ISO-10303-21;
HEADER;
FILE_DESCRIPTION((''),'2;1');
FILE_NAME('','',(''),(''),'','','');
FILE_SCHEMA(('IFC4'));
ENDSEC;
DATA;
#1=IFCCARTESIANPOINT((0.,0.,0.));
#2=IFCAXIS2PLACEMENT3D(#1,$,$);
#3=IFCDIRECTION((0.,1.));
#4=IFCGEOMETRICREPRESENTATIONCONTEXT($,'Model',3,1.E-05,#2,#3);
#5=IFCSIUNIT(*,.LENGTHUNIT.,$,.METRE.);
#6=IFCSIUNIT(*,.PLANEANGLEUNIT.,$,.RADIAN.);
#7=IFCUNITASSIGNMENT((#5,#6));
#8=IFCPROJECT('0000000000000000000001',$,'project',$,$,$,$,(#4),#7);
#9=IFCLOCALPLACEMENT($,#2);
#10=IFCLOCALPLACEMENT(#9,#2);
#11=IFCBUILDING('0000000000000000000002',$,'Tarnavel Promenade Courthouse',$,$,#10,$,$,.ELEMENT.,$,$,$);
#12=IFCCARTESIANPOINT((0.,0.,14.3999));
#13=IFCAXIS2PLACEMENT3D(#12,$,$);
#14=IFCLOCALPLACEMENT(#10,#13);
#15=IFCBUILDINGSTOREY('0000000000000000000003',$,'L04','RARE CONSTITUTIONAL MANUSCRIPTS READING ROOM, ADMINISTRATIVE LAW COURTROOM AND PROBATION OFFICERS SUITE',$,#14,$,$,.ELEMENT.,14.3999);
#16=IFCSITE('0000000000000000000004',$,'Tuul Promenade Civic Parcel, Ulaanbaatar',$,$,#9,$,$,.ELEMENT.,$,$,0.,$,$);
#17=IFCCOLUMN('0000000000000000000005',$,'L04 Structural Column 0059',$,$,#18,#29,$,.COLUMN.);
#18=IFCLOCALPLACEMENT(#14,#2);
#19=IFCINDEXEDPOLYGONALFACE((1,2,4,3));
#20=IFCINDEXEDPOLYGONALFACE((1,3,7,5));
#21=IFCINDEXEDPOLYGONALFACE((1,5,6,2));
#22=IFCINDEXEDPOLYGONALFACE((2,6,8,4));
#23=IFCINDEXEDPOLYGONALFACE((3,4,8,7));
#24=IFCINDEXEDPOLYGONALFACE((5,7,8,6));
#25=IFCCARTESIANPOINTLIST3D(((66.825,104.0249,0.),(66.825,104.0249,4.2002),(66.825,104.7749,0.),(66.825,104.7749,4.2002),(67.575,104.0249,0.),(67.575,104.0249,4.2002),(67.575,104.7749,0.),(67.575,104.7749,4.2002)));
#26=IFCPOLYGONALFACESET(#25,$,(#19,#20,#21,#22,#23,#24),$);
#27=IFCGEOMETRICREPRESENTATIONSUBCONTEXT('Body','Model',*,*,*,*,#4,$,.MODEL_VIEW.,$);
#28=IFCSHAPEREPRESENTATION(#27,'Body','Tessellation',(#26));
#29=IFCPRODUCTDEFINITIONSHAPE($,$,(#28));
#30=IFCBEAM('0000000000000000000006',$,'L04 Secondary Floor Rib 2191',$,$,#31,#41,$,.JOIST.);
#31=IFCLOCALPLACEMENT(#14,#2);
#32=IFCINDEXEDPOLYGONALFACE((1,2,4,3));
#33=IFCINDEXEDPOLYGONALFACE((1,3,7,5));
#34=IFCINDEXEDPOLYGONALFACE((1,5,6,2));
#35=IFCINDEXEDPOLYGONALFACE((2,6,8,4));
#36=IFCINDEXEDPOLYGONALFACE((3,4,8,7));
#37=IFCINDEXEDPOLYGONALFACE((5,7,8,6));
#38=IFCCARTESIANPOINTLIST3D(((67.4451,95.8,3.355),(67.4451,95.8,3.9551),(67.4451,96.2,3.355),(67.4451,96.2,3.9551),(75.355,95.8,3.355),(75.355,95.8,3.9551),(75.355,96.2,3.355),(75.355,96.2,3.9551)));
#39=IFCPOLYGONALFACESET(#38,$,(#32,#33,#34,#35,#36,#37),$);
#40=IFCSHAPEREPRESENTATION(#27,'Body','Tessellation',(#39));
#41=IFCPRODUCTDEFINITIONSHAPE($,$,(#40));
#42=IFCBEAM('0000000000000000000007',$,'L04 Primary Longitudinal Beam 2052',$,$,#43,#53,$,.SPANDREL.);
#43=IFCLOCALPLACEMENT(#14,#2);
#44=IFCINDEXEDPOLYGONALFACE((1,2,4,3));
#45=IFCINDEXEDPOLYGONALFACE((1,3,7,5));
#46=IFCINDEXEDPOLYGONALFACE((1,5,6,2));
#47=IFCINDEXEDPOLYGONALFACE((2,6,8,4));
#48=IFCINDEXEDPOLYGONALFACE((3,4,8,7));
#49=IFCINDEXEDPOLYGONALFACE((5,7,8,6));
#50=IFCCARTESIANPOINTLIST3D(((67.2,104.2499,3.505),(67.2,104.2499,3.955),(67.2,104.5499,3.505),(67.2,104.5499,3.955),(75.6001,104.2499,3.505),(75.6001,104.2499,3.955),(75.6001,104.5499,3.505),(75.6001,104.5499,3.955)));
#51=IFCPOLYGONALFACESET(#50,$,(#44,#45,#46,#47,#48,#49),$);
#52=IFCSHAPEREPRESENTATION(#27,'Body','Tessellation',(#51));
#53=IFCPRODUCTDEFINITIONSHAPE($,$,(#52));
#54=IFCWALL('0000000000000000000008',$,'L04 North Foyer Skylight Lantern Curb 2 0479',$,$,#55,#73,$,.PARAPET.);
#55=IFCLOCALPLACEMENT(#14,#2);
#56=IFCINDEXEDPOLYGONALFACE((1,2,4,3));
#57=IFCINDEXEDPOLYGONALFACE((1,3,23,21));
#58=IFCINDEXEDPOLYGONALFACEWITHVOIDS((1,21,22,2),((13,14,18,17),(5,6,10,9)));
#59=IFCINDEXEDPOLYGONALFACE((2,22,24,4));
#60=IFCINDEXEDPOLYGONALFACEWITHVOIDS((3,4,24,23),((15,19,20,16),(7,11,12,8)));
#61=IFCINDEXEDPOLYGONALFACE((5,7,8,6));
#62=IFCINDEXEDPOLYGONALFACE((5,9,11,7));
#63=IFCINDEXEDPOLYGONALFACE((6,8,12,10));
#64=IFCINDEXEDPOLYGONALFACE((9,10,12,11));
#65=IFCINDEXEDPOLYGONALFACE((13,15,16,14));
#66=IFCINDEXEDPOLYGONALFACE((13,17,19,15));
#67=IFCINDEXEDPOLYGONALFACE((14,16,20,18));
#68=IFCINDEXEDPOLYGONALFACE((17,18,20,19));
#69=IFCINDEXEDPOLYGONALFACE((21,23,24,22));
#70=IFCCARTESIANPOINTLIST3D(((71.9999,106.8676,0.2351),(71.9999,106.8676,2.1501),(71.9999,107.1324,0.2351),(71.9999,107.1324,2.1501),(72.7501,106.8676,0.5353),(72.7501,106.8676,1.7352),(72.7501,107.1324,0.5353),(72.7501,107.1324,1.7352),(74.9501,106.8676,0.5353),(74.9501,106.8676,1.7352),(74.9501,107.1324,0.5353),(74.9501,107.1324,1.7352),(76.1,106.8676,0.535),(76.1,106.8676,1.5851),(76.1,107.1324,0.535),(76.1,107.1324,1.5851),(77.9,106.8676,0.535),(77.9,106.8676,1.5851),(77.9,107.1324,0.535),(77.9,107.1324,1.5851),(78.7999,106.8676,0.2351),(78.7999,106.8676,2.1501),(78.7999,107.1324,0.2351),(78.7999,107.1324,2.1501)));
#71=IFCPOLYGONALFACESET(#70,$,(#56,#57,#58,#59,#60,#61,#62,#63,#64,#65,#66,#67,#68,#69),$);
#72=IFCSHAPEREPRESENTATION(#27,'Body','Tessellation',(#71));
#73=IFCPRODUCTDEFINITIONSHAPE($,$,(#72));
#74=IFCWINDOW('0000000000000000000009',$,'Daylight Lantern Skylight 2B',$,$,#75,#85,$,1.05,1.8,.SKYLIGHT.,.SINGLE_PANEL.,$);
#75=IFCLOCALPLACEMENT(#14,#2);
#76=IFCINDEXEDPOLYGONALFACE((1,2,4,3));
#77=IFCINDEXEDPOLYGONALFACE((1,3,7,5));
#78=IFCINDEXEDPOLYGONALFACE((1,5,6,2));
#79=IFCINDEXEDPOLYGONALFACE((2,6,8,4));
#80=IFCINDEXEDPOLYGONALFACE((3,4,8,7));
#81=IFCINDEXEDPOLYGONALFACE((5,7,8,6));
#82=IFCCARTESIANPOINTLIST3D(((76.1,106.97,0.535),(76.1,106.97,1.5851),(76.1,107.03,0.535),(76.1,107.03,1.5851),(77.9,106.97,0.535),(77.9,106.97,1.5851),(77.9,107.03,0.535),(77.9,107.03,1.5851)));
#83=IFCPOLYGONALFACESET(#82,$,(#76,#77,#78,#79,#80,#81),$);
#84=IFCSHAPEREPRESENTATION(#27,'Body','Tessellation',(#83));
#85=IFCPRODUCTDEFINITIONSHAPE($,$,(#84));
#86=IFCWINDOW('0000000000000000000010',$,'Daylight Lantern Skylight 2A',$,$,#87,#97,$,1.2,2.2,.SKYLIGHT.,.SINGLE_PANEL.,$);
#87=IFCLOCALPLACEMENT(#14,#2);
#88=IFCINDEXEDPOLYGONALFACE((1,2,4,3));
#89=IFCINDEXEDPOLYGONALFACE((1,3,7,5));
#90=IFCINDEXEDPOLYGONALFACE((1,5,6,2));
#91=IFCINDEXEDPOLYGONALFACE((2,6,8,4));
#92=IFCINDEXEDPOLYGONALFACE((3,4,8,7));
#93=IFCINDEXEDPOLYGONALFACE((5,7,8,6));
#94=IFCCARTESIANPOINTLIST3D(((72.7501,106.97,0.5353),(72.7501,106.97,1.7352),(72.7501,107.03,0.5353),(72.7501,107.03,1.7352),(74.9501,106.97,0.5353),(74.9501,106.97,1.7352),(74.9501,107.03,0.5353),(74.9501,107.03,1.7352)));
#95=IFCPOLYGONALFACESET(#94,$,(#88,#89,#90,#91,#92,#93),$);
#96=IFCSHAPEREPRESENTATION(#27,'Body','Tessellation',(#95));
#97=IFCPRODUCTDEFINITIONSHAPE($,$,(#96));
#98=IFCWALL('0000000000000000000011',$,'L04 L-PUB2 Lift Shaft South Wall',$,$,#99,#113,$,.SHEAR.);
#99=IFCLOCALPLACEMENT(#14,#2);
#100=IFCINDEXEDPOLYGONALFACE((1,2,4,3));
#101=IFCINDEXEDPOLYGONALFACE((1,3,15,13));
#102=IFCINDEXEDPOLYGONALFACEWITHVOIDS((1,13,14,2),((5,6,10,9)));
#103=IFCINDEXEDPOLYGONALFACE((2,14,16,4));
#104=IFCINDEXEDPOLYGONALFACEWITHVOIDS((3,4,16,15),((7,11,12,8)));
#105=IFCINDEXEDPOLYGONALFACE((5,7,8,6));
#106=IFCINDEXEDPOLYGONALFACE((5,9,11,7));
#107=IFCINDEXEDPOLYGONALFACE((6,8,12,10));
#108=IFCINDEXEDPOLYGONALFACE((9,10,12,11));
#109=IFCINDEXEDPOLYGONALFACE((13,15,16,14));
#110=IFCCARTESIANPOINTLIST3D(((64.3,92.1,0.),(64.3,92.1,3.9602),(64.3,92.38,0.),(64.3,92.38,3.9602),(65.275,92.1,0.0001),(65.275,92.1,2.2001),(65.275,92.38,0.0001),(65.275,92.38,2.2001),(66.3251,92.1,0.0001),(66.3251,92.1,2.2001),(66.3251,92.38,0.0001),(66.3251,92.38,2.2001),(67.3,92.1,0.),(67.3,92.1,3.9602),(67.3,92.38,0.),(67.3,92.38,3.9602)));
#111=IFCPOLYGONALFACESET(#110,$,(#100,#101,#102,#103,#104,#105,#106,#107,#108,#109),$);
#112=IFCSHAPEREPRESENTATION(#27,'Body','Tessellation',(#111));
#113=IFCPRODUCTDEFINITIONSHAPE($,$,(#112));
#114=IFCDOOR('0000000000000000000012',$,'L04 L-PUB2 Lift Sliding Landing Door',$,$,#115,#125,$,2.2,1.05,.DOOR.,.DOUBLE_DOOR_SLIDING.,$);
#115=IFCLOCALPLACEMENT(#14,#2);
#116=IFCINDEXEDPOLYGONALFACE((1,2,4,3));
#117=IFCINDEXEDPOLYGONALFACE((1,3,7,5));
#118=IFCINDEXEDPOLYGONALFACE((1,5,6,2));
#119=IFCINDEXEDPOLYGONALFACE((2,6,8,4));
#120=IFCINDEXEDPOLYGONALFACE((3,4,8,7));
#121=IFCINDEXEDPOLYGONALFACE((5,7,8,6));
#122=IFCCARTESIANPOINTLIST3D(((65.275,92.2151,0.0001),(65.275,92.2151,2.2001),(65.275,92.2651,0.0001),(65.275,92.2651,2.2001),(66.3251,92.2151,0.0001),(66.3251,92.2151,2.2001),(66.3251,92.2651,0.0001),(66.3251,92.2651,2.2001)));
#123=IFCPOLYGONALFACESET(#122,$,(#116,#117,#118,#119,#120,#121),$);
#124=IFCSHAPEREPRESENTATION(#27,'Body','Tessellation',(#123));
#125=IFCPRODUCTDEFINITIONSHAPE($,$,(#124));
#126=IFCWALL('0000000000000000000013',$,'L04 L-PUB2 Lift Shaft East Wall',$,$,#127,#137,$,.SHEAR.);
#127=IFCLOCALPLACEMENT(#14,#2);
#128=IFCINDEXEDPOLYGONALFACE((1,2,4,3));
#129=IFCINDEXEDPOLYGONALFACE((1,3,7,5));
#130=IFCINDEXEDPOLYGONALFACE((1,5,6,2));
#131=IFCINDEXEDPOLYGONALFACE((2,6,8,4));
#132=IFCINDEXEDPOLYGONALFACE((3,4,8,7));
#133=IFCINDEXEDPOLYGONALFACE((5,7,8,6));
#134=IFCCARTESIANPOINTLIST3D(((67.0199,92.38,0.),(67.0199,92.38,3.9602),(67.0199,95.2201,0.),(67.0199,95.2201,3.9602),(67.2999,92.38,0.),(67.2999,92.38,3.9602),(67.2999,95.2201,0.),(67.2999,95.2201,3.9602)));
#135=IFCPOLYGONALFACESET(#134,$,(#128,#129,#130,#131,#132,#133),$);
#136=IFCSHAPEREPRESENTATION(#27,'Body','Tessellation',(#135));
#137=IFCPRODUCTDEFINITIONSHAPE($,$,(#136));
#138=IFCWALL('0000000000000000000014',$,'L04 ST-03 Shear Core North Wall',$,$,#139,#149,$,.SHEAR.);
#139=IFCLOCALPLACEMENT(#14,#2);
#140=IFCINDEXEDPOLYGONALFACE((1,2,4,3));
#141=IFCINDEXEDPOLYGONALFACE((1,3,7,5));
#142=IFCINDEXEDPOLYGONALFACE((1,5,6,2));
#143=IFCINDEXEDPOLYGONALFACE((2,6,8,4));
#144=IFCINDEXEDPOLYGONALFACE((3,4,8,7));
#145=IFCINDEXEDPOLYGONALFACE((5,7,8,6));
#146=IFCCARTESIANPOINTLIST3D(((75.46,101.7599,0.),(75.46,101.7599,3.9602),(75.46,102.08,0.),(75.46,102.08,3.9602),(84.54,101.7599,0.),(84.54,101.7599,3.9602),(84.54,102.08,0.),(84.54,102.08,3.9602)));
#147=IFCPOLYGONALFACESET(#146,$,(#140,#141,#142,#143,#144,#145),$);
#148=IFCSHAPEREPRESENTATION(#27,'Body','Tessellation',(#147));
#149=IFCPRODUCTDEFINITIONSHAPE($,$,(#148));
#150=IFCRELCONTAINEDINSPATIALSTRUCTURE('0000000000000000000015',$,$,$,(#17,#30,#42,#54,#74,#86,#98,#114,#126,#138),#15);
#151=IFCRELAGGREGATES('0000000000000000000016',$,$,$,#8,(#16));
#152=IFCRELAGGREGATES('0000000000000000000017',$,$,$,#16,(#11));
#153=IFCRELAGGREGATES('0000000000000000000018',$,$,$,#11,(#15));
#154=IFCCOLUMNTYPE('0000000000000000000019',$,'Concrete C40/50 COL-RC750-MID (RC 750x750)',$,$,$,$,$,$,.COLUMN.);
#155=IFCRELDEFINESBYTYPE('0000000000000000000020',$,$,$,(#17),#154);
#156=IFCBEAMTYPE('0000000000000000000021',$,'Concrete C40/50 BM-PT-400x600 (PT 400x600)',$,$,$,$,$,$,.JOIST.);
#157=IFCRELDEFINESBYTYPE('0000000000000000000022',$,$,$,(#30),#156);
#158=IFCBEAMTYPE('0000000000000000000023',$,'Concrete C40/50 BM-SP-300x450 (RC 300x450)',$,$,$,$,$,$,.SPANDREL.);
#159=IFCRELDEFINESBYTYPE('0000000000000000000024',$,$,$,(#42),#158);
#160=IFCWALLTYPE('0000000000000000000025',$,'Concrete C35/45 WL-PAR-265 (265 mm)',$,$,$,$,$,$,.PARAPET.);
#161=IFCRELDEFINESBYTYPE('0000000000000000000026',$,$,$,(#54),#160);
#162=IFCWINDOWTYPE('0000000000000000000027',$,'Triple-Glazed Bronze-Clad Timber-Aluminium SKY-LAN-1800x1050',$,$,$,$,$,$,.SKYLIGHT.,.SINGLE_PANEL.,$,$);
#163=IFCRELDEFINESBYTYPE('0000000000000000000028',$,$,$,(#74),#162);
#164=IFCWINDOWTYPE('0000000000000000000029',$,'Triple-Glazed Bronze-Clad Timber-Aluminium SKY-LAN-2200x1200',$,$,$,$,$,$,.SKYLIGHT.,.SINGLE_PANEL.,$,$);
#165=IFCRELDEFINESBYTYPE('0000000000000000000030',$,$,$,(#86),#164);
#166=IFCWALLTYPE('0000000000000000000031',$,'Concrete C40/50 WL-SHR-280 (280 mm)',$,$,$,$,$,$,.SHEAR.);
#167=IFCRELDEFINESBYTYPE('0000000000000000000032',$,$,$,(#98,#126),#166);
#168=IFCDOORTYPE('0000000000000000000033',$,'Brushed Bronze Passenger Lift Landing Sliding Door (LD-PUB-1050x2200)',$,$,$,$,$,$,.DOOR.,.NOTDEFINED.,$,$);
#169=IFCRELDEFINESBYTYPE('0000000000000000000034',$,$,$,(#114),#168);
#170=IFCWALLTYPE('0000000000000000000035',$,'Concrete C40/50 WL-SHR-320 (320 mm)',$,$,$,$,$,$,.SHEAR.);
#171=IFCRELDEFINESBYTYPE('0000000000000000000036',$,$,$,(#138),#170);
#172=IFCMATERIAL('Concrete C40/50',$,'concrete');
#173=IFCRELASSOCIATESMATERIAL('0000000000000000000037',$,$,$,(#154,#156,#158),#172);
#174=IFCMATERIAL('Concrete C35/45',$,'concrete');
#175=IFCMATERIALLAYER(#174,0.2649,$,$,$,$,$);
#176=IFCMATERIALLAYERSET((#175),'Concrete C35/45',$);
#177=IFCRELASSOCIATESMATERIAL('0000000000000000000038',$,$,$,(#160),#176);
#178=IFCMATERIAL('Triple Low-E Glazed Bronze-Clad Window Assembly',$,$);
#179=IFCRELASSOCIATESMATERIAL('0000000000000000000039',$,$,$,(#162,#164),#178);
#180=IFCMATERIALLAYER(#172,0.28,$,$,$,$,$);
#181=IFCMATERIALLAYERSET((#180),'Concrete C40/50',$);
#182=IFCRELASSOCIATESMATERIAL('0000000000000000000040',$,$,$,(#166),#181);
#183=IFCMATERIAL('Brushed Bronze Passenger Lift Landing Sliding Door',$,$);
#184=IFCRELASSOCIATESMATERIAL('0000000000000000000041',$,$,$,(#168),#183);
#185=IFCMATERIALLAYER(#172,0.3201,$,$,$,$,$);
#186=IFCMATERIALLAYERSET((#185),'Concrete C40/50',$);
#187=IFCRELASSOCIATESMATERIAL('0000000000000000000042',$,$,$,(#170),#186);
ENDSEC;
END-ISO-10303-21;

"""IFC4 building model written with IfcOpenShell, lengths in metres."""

from ifc_helpers import new_model, si_unit, direction, frame, frame_2d, origin, origin_2d, place, context, subcontext, project, spatial, rectangle, extrude, material, layer, layer_set, material_profile, profile_set, type_object, element, fill, save


model = new_model("IFC4")

# Units and contexts
model_context = context("Model", 3, precision=1e-05, world=origin(), true_north=direction((0.0, 1.0)))
body_context = subcontext(model_context, "Body", "Model", "MODEL_VIEW")
ifc_project = project(units=[si_unit("LENGTHUNIT", "METRE"), si_unit("PLANEANGLEUNIT", "RADIAN")], contexts=[model_context])

# Site, building, storey
site_placement = place(None, origin())
site = spatial("IfcSite", under=ifc_project, at=site_placement, Name="Tuul Promenade Civic Parcel, Ulaanbaatar", CompositionType="ELEMENT", RefElevation=0.0)
building_placement = place(site_placement, origin())
building = spatial("IfcBuilding", under=site, at=building_placement, Name="Tarnavel Promenade Courthouse", CompositionType="ELEMENT")
storey_placement = place(building_placement, frame((0.0, 0.0, 14.3999)))
storey = spatial("IfcBuildingStorey", under=building, at=storey_placement, Name="L04", Description="RARE CONSTITUTIONAL MANUSCRIPTS READING ROOM, ADMINISTRATIVE LAW COURTROOM AND PROBATION OFFICERS SUITE", CompositionType="ELEMENT", Elevation=14.3999)

# Column
ifc_material_1 = material(Name="Concrete C40/50", Category="concrete")
ifc_material_profile_1 = material_profile(ifc_material_1, rectangle(XDim=0.75, YDim=0.75, at=origin_2d()), Name="RC 750x750")
ifc_profile_set_1 = profile_set([ifc_material_profile_1], Name="Concrete C40/50")
column_type = type_object("IfcColumnType", Name="Concrete C40/50 COL-RC750-MID (RC 750x750)", PredefinedType="COLUMN", material=ifc_profile_set_1)
column_placement = place(storey_placement, frame((67.2, 104.3999, 0.0), z_axis=(0.0, 0.0, 1.0), x_axis=(1.0, 0.0, 0.0)))
element("IfcColumn", 1, at=column_placement, inside=storey, type_object=column_type, Name="L04 Structural Column 0059", PredefinedType="COLUMN", context=body_context, shape_type="SweptSolid", body=[
    extrude(rectangle(XDim=0.75, YDim=0.75, at=origin_2d()), origin(), (0.0, 0.0, 1.0), 4.2002),
])

# Beams
ifc_material_profile_2 = material_profile(ifc_material_1, rectangle(XDim=0.3999, YDim=0.6001, at=origin_2d()), Name="PT 400x600")
ifc_profile_set_2 = profile_set([ifc_material_profile_2], Name="Concrete C40/50")
beam_type_1 = type_object("IfcBeamType", Name="Concrete C40/50 BM-PT-400x600 (PT 400x600)", PredefinedType="JOIST", material=ifc_profile_set_2)
beam_1_placement = place(storey_placement, frame((67.4451, 96.0, 3.655), z_axis=(1.0, 0.0, 0.0), x_axis=(0.0, 1.0, 0.0)))
element("IfcBeam", 2, at=beam_1_placement, inside=storey, type_object=beam_type_1, Name="L04 Secondary Floor Rib 2191", PredefinedType="JOIST", context=body_context, shape_type="SweptSolid", body=[
    extrude(rectangle(XDim=0.3999, YDim=0.6001, at=origin_2d()), origin(), (0.0, 0.0, 1.0), 7.9099),
])
ifc_material_profile_3 = material_profile(ifc_material_1, rectangle(XDim=0.3, YDim=0.45, at=origin_2d()), Name="RC 300x450")
ifc_profile_set_3 = profile_set([ifc_material_profile_3], Name="Concrete C40/50")
beam_type_2 = type_object("IfcBeamType", Name="Concrete C40/50 BM-SP-300x450 (RC 300x450)", PredefinedType="SPANDREL", material=ifc_profile_set_3)
beam_2_placement = place(storey_placement, frame((67.2, 104.3999, 3.73), z_axis=(1.0, 0.0, 0.0), x_axis=(0.0, 1.0, 0.0)))
element("IfcBeam", 3, at=beam_2_placement, inside=storey, type_object=beam_type_2, Name="L04 Primary Longitudinal Beam 2052", PredefinedType="SPANDREL", context=body_context, shape_type="SweptSolid", body=[
    extrude(rectangle(XDim=0.3, YDim=0.45, at=origin_2d()), origin(), (0.0, 0.0, 1.0), 8.4001),
])

# Wall, openings, windows
ifc_material_2 = material(Name="Concrete C35/45", Category="concrete")
ifc_layer_1 = layer(ifc_material_2, 0.2649)
ifc_layer_set_1 = layer_set([ifc_layer_1], Name="Concrete C35/45")
wall_type_1 = type_object("IfcWallType", Name="Concrete C35/45 WL-PAR-265 (265 mm)", PredefinedType="PARAPET", material=ifc_layer_set_1)
wall_1_placement = place(storey_placement, frame((72.0, 107.0, 0.2351), z_axis=(0.0, 0.0, 1.0), x_axis=(1.0, 0.0, 0.0)))
wall_1 = element("IfcWall", 4, at=wall_1_placement, inside=storey, type_object=wall_type_1, Name="L04 North Foyer Skylight Lantern Curb 2 0479", PredefinedType="PARAPET", context=body_context, shape_type="SweptSolid", body=[
    extrude(rectangle(XDim=6.8, YDim=0.2649, at=frame_2d((3.3999, 0.0))), origin(), (0.0, 0.0, 1.0), 1.915),
])
opening_1_placement = place(wall_1_placement, frame((0.75, 0.0, 0.3)))
opening_1 = element("IfcOpeningElement", 5, at=opening_1_placement, cuts=wall_1, PredefinedType="OPENING", context=body_context, shape_type="SweptSolid", body=[
    extrude(rectangle(XDim=2.2, YDim=1.2, at=frame_2d((1.1001, 0.6001))), frame((0.0, 0.1423, 0.0), z_axis=(0.0, -1.0, 0.0), x_axis=(1.0, 0.0, 0.0)), (0.0, 0.0, 1.0), 0.2849),
])
opening_2_placement = place(wall_1_placement, frame((4.1001, 0.0, 0.3)))
opening_2 = element("IfcOpeningElement", 6, at=opening_2_placement, cuts=wall_1, PredefinedType="OPENING", context=body_context, shape_type="SweptSolid", body=[
    extrude(rectangle(XDim=1.8, YDim=1.05, at=frame_2d((0.8999, 0.5249))), frame((0.0, 0.1423, 0.0), z_axis=(0.0, -1.0, 0.0), x_axis=(1.0, 0.0, 0.0)), (0.0, 0.0, 1.0), 0.2849),
])
ifc_material_3 = material(Name="Triple Low-E Glazed Bronze-Clad Window Assembly")
window_type_1 = type_object("IfcWindowType", Name="Triple-Glazed Bronze-Clad Timber-Aluminium SKY-LAN-1800x1050", PartitioningType="SINGLE_PANEL", PredefinedType="SKYLIGHT", material=ifc_material_3)
window_1_placement = place(opening_2_placement, origin())
window_1 = element("IfcWindow", 7, at=window_1_placement, inside=storey, type_object=window_type_1, Name="Daylight Lantern Skylight 2B", OverallHeight=1.05, OverallWidth=1.8, PartitioningType="SINGLE_PANEL", PredefinedType="SKYLIGHT", context=body_context, shape_type="SweptSolid", body=[
    extrude(rectangle(XDim=1.8, YDim=1.05, at=frame_2d((0.8999, 0.5249))), frame((0.0, 0.03, 0.0), z_axis=(0.0, -1.0, 0.0), x_axis=(1.0, 0.0, 0.0)), (0.0, 0.0, 1.0), 0.0601),
])
fill(opening_2, window_1)
window_type_2 = type_object("IfcWindowType", Name="Triple-Glazed Bronze-Clad Timber-Aluminium SKY-LAN-2200x1200", PartitioningType="SINGLE_PANEL", PredefinedType="SKYLIGHT", material=ifc_material_3)
window_2_placement = place(opening_1_placement, origin())
window_2 = element("IfcWindow", 8, at=window_2_placement, inside=storey, type_object=window_type_2, Name="Daylight Lantern Skylight 2A", OverallHeight=1.2, OverallWidth=2.2, PartitioningType="SINGLE_PANEL", PredefinedType="SKYLIGHT", context=body_context, shape_type="SweptSolid", body=[
    extrude(rectangle(XDim=2.2, YDim=1.2, at=frame_2d((1.1001, 0.6001))), frame((0.0, 0.03, 0.0), z_axis=(0.0, -1.0, 0.0), x_axis=(1.0, 0.0, 0.0)), (0.0, 0.0, 1.0), 0.0601),
])
fill(opening_1, window_2)

# Wall, opening, door
ifc_layer_2 = layer(ifc_material_1, 0.28)
ifc_layer_set_2 = layer_set([ifc_layer_2], Name="Concrete C40/50")
wall_type_2 = type_object("IfcWallType", Name="Concrete C40/50 WL-SHR-280 (280 mm)", PredefinedType="SHEAR", material=ifc_layer_set_2)
wall_2_placement = place(storey_placement, frame((67.3, 92.24, 0.0), z_axis=(0.0, 0.0, 1.0), x_axis=(-1.0, 0.0, 0.0)))
wall_2 = element("IfcWall", 9, at=wall_2_placement, inside=storey, type_object=wall_type_2, Name="L04 L-PUB2 Lift Shaft South Wall", PredefinedType="SHEAR", context=body_context, shape_type="SweptSolid", body=[
    extrude(rectangle(XDim=3.0, YDim=0.28, at=frame_2d((1.5, 0.0))), origin(), (0.0, 0.0, 1.0), 3.9602),
])
opening_3_placement = place(wall_2_placement, frame((0.9751, 0.0, 0.0)))
opening_3 = element("IfcOpeningElement", 10, at=opening_3_placement, cuts=wall_2, PredefinedType="OPENING", context=body_context, shape_type="SweptSolid", body=[
    extrude(rectangle(XDim=1.05, YDim=2.2, at=frame_2d((0.5249, 1.1001))), frame((0.0, 0.1499, 0.0), z_axis=(0.0, -1.0, 0.0), x_axis=(1.0, 0.0, 0.0)), (0.0, 0.0, 1.0), 0.3),
])
ifc_material_4 = material(Name="Brushed Bronze Passenger Lift Landing Sliding Door")
door_type_1 = type_object("IfcDoorType", Name="Brushed Bronze Passenger Lift Landing Sliding Door (LD-PUB-1050x2200)", OperationType="NOTDEFINED", PredefinedType="DOOR", material=ifc_material_4)
door_1_placement = place(opening_3_placement, origin())
door_1 = element("IfcDoor", 11, at=door_1_placement, inside=storey, type_object=door_type_1, Name="L04 L-PUB2 Lift Sliding Landing Door", OperationType="DOUBLE_DOOR_SLIDING", OverallHeight=2.2, OverallWidth=1.05, PredefinedType="DOOR", context=body_context, shape_type="SweptSolid", body=[
    extrude(rectangle(XDim=1.05, YDim=2.2, at=frame_2d((0.5249, 1.1001))), frame((0.0, 0.0249, 0.0), z_axis=(0.0, -1.0, 0.0), x_axis=(1.0, 0.0, 0.0)), (0.0, 0.0, 1.0), 0.05),
])
fill(opening_3, door_1)

# Walls
wall_3_placement = place(storey_placement, frame((67.1599, 95.22, 0.0), z_axis=(0.0, 0.0, 1.0), x_axis=(0.0, -1.0, 0.0)))
element("IfcWall", 12, at=wall_3_placement, inside=storey, type_object=wall_type_2, Name="L04 L-PUB2 Lift Shaft East Wall", PredefinedType="SHEAR", context=body_context, shape_type="SweptSolid", body=[
    extrude(rectangle(XDim=2.8401, YDim=0.28, at=frame_2d((1.4199, 0.0))), origin(), (0.0, 0.0, 1.0), 3.9602),
])
ifc_layer_3 = layer(ifc_material_1, 0.3201)
ifc_layer_set_3 = layer_set([ifc_layer_3], Name="Concrete C40/50")
wall_type_3 = type_object("IfcWallType", Name="Concrete C40/50 WL-SHR-320 (320 mm)", PredefinedType="SHEAR", material=ifc_layer_set_3)
wall_4_placement = place(storey_placement, frame((75.46, 101.9199, 0.0), z_axis=(0.0, 0.0, 1.0), x_axis=(1.0, 0.0, 0.0)))
element("IfcWall", 13, at=wall_4_placement, inside=storey, type_object=wall_type_3, Name="L04 ST-03 Shear Core North Wall", PredefinedType="SHEAR", context=body_context, shape_type="SweptSolid", body=[
    extrude(rectangle(XDim=9.0801, YDim=0.3201, at=frame_2d((4.54, 0.0))), origin(), (0.0, 0.0, 1.0), 3.9602),
])

save(model, "model.ifc")
